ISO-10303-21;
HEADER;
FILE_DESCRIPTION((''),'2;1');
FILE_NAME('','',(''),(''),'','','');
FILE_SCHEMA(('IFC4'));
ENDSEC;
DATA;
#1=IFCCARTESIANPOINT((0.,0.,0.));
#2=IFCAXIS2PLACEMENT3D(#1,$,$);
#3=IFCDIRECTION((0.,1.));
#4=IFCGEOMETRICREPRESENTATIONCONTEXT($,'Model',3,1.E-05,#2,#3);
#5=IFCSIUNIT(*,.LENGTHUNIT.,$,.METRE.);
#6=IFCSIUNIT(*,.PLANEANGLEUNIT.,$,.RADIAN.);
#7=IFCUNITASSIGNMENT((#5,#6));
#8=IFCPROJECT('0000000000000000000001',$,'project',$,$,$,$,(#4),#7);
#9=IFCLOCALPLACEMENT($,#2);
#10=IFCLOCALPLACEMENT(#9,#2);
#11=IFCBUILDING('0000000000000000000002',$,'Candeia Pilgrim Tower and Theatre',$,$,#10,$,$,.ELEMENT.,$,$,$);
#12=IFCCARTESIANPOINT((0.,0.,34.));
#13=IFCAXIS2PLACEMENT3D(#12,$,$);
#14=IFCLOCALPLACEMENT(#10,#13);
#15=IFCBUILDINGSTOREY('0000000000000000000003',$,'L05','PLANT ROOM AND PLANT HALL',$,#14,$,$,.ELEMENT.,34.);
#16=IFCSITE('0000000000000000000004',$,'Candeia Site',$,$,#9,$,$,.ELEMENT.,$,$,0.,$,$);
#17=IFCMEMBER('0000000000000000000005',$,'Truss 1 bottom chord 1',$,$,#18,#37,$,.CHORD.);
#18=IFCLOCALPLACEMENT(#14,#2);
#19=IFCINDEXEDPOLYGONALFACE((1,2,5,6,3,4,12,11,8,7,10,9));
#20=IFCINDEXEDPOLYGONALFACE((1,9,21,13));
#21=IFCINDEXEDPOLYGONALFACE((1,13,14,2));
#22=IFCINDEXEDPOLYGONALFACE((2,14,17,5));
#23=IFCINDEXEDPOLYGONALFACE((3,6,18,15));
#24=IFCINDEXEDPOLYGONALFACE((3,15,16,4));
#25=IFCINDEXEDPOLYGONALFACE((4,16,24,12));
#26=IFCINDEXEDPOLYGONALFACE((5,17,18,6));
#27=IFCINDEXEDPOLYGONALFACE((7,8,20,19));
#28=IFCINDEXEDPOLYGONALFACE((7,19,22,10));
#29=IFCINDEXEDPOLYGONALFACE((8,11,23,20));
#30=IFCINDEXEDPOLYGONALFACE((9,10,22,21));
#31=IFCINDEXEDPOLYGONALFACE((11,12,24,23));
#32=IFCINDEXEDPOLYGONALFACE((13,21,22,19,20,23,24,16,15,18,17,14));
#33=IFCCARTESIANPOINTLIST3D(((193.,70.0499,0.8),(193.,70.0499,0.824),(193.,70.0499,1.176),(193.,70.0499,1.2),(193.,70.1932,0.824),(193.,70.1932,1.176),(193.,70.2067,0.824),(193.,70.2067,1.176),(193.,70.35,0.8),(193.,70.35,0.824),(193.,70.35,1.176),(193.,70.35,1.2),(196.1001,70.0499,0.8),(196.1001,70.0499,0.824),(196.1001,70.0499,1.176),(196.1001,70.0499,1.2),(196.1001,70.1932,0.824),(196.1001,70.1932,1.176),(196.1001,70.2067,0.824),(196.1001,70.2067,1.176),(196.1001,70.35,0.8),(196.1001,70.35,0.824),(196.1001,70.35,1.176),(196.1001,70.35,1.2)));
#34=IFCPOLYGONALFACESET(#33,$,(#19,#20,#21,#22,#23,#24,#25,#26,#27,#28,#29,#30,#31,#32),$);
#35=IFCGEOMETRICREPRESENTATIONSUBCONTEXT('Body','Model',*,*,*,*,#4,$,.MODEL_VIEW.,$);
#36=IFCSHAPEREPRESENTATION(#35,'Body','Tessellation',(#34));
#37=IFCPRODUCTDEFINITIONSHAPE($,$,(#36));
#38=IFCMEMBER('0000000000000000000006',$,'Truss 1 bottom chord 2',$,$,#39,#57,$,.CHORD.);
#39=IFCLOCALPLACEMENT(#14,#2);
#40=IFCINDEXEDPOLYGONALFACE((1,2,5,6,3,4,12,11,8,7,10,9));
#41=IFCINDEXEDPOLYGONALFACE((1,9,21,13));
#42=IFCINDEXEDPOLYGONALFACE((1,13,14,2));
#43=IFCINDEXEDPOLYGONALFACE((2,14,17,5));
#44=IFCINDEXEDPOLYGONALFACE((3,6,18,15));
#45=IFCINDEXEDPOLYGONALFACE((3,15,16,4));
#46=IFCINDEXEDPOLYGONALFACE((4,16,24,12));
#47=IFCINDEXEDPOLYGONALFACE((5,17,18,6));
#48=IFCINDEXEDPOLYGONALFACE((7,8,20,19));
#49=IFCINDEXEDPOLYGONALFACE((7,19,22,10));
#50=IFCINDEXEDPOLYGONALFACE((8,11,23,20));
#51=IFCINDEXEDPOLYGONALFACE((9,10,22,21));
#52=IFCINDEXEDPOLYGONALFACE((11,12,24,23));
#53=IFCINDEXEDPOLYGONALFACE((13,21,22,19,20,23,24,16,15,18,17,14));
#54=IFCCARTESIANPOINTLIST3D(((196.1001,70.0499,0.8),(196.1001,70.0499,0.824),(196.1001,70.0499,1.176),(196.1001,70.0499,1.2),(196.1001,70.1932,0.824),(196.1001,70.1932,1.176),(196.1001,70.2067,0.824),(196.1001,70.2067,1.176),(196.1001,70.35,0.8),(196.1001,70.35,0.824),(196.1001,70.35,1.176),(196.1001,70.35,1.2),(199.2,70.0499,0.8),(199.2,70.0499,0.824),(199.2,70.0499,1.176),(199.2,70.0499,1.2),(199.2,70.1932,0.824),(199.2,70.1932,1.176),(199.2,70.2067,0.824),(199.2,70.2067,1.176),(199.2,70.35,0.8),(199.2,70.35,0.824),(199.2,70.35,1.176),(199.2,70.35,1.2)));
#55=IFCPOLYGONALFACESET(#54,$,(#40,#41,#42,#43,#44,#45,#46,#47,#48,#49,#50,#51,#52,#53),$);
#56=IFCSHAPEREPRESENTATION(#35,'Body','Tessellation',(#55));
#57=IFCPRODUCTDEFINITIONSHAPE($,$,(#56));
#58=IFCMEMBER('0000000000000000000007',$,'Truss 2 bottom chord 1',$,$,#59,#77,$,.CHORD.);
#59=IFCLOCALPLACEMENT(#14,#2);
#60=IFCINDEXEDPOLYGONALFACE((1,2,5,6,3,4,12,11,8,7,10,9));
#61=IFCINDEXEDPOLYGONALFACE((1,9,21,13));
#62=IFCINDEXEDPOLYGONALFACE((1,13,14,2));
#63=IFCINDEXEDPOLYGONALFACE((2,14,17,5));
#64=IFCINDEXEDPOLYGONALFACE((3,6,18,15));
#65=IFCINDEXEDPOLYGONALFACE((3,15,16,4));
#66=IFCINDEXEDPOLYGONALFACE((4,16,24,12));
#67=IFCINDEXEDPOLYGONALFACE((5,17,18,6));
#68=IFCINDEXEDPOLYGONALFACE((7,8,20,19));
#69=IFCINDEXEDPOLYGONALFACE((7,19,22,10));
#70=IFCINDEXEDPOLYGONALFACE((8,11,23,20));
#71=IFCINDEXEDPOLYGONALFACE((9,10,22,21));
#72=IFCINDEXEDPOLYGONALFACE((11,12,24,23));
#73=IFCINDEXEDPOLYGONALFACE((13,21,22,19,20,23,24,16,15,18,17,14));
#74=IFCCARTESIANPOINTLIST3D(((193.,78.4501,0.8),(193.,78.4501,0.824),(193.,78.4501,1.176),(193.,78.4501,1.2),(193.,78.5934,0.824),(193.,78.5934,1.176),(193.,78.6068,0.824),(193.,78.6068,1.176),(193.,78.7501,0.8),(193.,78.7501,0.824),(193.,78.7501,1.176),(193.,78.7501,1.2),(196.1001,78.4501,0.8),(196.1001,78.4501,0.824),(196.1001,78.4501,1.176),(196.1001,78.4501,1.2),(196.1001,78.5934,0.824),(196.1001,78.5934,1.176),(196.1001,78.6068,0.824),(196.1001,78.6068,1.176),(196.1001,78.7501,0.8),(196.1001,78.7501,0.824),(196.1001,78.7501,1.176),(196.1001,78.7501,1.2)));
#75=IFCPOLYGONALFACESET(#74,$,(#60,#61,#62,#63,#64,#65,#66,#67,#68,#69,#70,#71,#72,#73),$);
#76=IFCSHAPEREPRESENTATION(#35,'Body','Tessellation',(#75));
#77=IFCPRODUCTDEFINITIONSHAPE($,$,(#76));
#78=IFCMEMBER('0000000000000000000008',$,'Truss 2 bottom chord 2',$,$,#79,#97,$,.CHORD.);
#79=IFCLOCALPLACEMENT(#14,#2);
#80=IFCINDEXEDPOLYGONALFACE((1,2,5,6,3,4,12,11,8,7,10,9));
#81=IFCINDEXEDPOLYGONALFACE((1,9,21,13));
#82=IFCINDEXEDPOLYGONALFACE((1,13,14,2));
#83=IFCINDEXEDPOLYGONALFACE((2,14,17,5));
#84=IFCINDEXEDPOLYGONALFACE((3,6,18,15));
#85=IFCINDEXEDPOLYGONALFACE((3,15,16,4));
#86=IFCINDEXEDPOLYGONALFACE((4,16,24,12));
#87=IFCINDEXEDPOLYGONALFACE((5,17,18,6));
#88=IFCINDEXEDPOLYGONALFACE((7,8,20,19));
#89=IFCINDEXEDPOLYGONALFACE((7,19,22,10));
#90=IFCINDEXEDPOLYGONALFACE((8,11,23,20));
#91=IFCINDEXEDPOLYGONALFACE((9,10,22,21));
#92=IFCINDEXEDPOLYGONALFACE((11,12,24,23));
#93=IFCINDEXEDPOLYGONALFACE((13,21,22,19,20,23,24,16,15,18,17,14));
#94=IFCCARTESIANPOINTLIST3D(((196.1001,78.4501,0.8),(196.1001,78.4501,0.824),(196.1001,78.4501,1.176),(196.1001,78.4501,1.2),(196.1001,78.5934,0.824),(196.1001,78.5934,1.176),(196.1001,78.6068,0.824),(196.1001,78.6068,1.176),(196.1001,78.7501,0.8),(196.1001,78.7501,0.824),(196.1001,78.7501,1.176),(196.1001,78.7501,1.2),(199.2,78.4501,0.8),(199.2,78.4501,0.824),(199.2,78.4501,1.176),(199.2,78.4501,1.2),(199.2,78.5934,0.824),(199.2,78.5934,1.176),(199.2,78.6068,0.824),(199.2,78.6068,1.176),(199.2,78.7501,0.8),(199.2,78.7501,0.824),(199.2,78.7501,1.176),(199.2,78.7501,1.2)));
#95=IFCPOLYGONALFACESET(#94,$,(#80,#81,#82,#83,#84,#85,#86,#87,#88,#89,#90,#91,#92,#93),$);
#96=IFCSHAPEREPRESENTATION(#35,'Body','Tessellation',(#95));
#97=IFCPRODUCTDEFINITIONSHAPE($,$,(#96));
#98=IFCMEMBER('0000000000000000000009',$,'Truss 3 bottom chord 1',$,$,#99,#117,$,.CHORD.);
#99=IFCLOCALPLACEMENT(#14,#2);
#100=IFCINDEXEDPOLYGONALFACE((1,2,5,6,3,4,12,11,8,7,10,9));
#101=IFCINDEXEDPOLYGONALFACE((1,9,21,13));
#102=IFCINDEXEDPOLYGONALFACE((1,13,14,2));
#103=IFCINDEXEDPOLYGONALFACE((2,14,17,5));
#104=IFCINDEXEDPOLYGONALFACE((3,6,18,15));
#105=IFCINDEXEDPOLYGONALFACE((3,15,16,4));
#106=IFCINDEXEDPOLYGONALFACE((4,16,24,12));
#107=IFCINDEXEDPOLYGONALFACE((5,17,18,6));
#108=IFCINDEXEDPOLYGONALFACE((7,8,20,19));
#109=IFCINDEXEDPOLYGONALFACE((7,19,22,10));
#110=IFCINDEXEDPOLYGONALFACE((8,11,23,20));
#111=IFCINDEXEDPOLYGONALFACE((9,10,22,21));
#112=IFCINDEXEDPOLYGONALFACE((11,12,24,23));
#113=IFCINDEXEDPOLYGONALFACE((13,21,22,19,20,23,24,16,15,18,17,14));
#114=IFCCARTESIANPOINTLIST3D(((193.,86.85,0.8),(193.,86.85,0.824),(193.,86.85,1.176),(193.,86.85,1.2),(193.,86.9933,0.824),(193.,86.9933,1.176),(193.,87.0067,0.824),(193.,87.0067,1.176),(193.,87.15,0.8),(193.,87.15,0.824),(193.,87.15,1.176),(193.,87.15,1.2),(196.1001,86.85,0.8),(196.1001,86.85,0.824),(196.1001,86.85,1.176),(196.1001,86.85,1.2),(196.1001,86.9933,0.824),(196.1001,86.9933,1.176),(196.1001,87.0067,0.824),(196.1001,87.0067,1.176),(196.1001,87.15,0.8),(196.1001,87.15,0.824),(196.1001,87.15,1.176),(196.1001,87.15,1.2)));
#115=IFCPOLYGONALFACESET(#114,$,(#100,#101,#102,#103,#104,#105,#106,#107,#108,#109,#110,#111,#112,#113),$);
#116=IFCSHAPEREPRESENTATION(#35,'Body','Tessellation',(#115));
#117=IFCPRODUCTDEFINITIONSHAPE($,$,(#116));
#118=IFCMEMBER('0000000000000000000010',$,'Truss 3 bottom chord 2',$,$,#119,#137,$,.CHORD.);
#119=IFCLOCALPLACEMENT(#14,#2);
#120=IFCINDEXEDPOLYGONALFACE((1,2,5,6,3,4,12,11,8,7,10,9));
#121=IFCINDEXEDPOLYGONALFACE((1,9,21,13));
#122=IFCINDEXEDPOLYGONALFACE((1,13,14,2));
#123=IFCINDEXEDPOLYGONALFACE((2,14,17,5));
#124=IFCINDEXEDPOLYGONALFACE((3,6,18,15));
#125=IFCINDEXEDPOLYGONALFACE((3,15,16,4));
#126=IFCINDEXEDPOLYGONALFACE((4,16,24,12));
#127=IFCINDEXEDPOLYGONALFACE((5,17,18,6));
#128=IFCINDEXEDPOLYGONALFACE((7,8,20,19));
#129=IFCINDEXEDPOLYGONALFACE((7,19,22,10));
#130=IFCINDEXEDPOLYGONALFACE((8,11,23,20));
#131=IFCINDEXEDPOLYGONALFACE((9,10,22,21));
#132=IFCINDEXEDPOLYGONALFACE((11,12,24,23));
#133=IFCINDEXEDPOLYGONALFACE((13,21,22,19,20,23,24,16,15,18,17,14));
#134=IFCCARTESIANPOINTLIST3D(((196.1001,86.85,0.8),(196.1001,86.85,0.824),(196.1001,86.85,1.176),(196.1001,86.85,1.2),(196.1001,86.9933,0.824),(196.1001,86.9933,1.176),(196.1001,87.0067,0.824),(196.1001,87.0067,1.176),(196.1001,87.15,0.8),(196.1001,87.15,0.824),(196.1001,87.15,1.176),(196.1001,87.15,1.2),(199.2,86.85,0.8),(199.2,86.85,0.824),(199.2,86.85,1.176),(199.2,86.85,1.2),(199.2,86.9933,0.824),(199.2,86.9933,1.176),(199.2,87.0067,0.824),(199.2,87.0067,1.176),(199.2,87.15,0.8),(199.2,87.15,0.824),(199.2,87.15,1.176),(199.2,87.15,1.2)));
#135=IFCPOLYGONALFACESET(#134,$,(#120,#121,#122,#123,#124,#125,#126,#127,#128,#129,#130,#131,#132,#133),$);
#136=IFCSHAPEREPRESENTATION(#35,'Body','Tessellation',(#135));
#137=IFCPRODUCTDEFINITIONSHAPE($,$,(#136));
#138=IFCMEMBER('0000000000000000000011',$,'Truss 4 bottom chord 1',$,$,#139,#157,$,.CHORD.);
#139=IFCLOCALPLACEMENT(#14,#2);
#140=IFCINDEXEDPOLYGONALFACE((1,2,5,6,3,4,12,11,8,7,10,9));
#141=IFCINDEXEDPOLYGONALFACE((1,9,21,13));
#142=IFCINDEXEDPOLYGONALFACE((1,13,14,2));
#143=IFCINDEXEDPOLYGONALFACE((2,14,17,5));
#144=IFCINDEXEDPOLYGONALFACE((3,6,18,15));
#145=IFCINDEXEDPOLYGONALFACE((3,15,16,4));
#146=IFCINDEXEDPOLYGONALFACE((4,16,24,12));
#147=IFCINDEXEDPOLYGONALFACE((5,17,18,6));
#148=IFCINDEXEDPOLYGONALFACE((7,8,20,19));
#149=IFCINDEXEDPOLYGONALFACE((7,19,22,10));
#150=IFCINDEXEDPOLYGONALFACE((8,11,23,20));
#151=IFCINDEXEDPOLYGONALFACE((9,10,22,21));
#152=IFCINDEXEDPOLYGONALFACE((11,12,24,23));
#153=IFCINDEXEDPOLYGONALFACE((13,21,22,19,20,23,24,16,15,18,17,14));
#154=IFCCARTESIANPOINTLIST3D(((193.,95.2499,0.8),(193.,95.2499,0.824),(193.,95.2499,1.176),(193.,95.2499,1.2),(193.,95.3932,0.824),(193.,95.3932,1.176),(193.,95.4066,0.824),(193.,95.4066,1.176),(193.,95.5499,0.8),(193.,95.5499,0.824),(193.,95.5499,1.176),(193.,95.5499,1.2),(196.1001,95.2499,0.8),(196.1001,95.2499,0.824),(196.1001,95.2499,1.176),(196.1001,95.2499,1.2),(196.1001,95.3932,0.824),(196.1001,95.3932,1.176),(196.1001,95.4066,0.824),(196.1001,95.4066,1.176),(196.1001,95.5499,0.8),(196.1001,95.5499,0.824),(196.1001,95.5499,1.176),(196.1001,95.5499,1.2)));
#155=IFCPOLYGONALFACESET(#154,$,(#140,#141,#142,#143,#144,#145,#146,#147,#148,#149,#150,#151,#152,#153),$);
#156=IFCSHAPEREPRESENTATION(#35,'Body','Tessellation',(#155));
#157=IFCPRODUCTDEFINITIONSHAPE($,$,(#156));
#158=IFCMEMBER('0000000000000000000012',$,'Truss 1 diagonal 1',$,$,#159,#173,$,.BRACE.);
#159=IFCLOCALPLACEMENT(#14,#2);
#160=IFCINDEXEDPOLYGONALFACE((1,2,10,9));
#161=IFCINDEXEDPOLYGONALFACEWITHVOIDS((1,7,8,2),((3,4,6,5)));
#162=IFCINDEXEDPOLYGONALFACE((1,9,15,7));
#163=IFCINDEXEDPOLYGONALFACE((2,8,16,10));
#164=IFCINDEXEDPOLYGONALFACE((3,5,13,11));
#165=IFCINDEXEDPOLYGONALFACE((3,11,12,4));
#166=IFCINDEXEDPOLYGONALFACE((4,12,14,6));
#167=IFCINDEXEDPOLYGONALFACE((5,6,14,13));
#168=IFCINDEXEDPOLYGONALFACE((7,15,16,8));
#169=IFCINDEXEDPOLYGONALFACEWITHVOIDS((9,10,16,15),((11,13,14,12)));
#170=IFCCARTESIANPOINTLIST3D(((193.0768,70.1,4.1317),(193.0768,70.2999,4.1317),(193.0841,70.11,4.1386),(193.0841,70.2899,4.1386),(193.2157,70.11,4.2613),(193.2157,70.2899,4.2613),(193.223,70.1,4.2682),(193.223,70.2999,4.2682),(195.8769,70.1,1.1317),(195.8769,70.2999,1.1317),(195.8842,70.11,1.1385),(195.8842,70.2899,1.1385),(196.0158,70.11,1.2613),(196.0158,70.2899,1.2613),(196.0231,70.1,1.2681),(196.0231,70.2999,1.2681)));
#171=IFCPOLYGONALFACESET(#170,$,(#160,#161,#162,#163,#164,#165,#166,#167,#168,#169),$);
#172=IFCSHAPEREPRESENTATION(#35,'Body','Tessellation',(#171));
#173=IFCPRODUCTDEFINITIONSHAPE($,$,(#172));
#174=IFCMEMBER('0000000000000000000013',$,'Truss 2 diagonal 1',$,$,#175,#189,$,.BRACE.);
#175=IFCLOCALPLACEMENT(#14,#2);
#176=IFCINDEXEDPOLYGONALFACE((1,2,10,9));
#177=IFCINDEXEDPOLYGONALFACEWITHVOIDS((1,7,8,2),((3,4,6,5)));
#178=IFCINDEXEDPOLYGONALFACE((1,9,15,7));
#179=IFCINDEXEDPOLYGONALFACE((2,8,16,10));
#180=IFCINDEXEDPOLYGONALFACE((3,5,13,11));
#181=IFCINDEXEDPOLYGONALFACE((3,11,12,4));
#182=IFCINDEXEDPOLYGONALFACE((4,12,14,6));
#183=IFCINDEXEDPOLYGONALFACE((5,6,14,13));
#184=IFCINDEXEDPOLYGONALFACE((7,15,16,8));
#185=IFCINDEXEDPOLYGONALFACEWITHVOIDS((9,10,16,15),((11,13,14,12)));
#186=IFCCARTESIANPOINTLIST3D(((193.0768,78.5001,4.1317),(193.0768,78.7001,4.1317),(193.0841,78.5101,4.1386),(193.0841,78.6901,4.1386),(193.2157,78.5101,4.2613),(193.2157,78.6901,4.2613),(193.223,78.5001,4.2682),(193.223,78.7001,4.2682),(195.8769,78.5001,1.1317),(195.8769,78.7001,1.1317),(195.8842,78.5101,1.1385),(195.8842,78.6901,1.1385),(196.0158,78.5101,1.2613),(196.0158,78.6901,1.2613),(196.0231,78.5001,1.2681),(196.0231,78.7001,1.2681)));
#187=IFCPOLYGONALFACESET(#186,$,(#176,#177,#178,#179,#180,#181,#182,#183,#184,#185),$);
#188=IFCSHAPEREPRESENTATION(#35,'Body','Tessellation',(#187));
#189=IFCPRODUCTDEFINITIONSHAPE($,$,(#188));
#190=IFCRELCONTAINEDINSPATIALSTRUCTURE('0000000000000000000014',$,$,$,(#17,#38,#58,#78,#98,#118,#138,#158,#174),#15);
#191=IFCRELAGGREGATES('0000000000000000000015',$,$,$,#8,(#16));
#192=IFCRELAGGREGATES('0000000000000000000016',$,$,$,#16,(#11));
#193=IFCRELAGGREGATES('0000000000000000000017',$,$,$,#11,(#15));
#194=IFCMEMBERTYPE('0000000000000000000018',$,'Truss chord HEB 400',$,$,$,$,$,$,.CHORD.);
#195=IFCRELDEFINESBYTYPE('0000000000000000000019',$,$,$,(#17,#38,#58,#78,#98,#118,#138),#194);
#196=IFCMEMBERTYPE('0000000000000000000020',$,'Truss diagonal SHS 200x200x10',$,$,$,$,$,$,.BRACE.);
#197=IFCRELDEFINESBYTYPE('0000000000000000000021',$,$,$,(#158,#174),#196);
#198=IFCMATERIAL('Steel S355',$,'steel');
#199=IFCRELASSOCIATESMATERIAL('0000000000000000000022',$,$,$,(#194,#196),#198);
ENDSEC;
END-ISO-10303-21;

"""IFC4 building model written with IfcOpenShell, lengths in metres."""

from ifc_helpers import new_model, si_unit, direction, frame, origin, origin_2d, place, context, subcontext, project, spatial, hollow_rectangle, i_section, extrude, material, material_profile, profile_set, type_object, element, save


model = new_model("IFC4")

# Units and contexts
model_context = context("Model", 3, precision=1e-05, world=origin(), true_north=direction((0.0, 1.0)))
body_context = subcontext(model_context, "Body", "Model", "MODEL_VIEW")
ifc_project = project(units=[si_unit("LENGTHUNIT", "METRE"), si_unit("PLANEANGLEUNIT", "RADIAN")], contexts=[model_context])

# Site, building, storey
site_placement = place(None, origin())
site = spatial("IfcSite", under=ifc_project, at=site_placement, Name="Candeia Site", CompositionType="ELEMENT", RefElevation=0.0)
building_placement = place(site_placement, origin())
building = spatial("IfcBuilding", under=site, at=building_placement, Name="Candeia Pilgrim Tower and Theatre", CompositionType="ELEMENT")
storey_placement = place(building_placement, frame((0.0, 0.0, 34.0)))
storey = spatial("IfcBuildingStorey", under=building, at=storey_placement, Name="L05", Description="PLANT ROOM AND PLANT HALL", CompositionType="ELEMENT", Elevation=34.0)

# Members
ifc_material_1 = material(Name="Steel S355", Category="steel")
ifc_material_profile_1 = material_profile(ifc_material_1, i_section(OverallWidth=0.3, OverallDepth=0.3999, WebThickness=0.0134, FlangeThickness=0.0239, at=origin_2d()))
ifc_profile_set_1 = profile_set([ifc_material_profile_1], Name="Steel S355")
member_type_1 = type_object("IfcMemberType", Name="Truss chord HEB 400", PredefinedType="CHORD", material=ifc_profile_set_1)
member_1_placement = place(storey_placement, frame((193.0, 70.2, 1.0), z_axis=(1.0, 0.0, 0.0), x_axis=(0.0, 1.0, 0.0)))
element("IfcMember", 1, at=member_1_placement, inside=storey, type_object=member_type_1, Name="Truss 1 bottom chord 1", PredefinedType="CHORD", context=body_context, shape_type="SweptSolid", body=[
    extrude(i_section(OverallWidth=0.3, OverallDepth=0.3999, WebThickness=0.0134, FlangeThickness=0.0239, at=origin_2d()), origin(), (0.0, 0.0, 1.0), 3.1001),
])
member_2_placement = place(storey_placement, frame((196.1001, 70.2, 1.0), z_axis=(1.0, 0.0, 0.0), x_axis=(0.0, 1.0, 0.0)))
element("IfcMember", 2, at=member_2_placement, inside=storey, type_object=member_type_1, Name="Truss 1 bottom chord 2", PredefinedType="CHORD", context=body_context, shape_type="SweptSolid", body=[
    extrude(i_section(OverallWidth=0.3, OverallDepth=0.3999, WebThickness=0.0134, FlangeThickness=0.0239, at=origin_2d()), origin(), (0.0, 0.0, 1.0), 3.0999),
])
member_3_placement = place(storey_placement, frame((193.0, 78.6001, 1.0), z_axis=(1.0, 0.0, 0.0), x_axis=(0.0, 1.0, 0.0)))
element("IfcMember", 3, at=member_3_placement, inside=storey, type_object=member_type_1, Name="Truss 2 bottom chord 1", PredefinedType="CHORD", context=body_context, shape_type="SweptSolid", body=[
    extrude(i_section(OverallWidth=0.3, OverallDepth=0.3999, WebThickness=0.0134, FlangeThickness=0.0239, at=origin_2d()), origin(), (0.0, 0.0, 1.0), 3.1001),
])
member_4_placement = place(storey_placement, frame((196.1001, 78.6001, 1.0), z_axis=(1.0, 0.0, 0.0), x_axis=(0.0, 1.0, 0.0)))
element("IfcMember", 4, at=member_4_placement, inside=storey, type_object=member_type_1, Name="Truss 2 bottom chord 2", PredefinedType="CHORD", context=body_context, shape_type="SweptSolid", body=[
    extrude(i_section(OverallWidth=0.3, OverallDepth=0.3999, WebThickness=0.0134, FlangeThickness=0.0239, at=origin_2d()), origin(), (0.0, 0.0, 1.0), 3.0999),
])
member_5_placement = place(storey_placement, frame((193.0, 87.0, 1.0), z_axis=(1.0, 0.0, 0.0), x_axis=(0.0, 1.0, 0.0)))
element("IfcMember", 5, at=member_5_placement, inside=storey, type_object=member_type_1, Name="Truss 3 bottom chord 1", PredefinedType="CHORD", context=body_context, shape_type="SweptSolid", body=[
    extrude(i_section(OverallWidth=0.3, OverallDepth=0.3999, WebThickness=0.0134, FlangeThickness=0.0239, at=origin_2d()), origin(), (0.0, 0.0, 1.0), 3.1001),
])
member_6_placement = place(storey_placement, frame((196.1001, 87.0, 1.0), z_axis=(1.0, 0.0, 0.0), x_axis=(0.0, 1.0, 0.0)))
element("IfcMember", 6, at=member_6_placement, inside=storey, type_object=member_type_1, Name="Truss 3 bottom chord 2", PredefinedType="CHORD", context=body_context, shape_type="SweptSolid", body=[
    extrude(i_section(OverallWidth=0.3, OverallDepth=0.3999, WebThickness=0.0134, FlangeThickness=0.0239, at=origin_2d()), origin(), (0.0, 0.0, 1.0), 3.0999),
])
member_7_placement = place(storey_placement, frame((193.0, 95.3999, 1.0), z_axis=(1.0, 0.0, 0.0), x_axis=(0.0, 1.0, 0.0)))
element("IfcMember", 7, at=member_7_placement, inside=storey, type_object=member_type_1, Name="Truss 4 bottom chord 1", PredefinedType="CHORD", context=body_context, shape_type="SweptSolid", body=[
    extrude(i_section(OverallWidth=0.3, OverallDepth=0.3999, WebThickness=0.0134, FlangeThickness=0.0239, at=origin_2d()), origin(), (0.0, 0.0, 1.0), 3.1001),
])
ifc_material_profile_2 = material_profile(ifc_material_1, hollow_rectangle(XDim=0.2, YDim=0.2, WallThickness=0.01, at=origin_2d()))
ifc_profile_set_2 = profile_set([ifc_material_profile_2], Name="Steel S355")
member_type_2 = type_object("IfcMemberType", Name="Truss diagonal SHS 200x200x10", PredefinedType="BRACE", material=ifc_profile_set_2)
for number, where, z_axis, x_axis, name in (
    (8, (193.1499, 70.2, 4.2), (0.682325, 0.0, -0.731049), (0.0, 1.0, 0.0), "Truss 1 diagonal 1"),
    (9, (193.1499, 78.6001, 4.2), (0.682325, 0.0, -0.731049), (0.0, 1.0, 0.0), "Truss 2 diagonal 1"),
):
    element("IfcMember", number, at=place(storey_placement, frame(where, z_axis=z_axis, x_axis=x_axis)), inside=storey, type_object=member_type_2, Name=name, PredefinedType="BRACE", context=body_context, shape_type="SweptSolid", body=[
        extrude(hollow_rectangle(XDim=0.2, YDim=0.2, WallThickness=0.01, at=origin_2d()), origin(), (0.0, 0.0, 1.0), 4.1038),
    ])

save(model, "model.ifc")
